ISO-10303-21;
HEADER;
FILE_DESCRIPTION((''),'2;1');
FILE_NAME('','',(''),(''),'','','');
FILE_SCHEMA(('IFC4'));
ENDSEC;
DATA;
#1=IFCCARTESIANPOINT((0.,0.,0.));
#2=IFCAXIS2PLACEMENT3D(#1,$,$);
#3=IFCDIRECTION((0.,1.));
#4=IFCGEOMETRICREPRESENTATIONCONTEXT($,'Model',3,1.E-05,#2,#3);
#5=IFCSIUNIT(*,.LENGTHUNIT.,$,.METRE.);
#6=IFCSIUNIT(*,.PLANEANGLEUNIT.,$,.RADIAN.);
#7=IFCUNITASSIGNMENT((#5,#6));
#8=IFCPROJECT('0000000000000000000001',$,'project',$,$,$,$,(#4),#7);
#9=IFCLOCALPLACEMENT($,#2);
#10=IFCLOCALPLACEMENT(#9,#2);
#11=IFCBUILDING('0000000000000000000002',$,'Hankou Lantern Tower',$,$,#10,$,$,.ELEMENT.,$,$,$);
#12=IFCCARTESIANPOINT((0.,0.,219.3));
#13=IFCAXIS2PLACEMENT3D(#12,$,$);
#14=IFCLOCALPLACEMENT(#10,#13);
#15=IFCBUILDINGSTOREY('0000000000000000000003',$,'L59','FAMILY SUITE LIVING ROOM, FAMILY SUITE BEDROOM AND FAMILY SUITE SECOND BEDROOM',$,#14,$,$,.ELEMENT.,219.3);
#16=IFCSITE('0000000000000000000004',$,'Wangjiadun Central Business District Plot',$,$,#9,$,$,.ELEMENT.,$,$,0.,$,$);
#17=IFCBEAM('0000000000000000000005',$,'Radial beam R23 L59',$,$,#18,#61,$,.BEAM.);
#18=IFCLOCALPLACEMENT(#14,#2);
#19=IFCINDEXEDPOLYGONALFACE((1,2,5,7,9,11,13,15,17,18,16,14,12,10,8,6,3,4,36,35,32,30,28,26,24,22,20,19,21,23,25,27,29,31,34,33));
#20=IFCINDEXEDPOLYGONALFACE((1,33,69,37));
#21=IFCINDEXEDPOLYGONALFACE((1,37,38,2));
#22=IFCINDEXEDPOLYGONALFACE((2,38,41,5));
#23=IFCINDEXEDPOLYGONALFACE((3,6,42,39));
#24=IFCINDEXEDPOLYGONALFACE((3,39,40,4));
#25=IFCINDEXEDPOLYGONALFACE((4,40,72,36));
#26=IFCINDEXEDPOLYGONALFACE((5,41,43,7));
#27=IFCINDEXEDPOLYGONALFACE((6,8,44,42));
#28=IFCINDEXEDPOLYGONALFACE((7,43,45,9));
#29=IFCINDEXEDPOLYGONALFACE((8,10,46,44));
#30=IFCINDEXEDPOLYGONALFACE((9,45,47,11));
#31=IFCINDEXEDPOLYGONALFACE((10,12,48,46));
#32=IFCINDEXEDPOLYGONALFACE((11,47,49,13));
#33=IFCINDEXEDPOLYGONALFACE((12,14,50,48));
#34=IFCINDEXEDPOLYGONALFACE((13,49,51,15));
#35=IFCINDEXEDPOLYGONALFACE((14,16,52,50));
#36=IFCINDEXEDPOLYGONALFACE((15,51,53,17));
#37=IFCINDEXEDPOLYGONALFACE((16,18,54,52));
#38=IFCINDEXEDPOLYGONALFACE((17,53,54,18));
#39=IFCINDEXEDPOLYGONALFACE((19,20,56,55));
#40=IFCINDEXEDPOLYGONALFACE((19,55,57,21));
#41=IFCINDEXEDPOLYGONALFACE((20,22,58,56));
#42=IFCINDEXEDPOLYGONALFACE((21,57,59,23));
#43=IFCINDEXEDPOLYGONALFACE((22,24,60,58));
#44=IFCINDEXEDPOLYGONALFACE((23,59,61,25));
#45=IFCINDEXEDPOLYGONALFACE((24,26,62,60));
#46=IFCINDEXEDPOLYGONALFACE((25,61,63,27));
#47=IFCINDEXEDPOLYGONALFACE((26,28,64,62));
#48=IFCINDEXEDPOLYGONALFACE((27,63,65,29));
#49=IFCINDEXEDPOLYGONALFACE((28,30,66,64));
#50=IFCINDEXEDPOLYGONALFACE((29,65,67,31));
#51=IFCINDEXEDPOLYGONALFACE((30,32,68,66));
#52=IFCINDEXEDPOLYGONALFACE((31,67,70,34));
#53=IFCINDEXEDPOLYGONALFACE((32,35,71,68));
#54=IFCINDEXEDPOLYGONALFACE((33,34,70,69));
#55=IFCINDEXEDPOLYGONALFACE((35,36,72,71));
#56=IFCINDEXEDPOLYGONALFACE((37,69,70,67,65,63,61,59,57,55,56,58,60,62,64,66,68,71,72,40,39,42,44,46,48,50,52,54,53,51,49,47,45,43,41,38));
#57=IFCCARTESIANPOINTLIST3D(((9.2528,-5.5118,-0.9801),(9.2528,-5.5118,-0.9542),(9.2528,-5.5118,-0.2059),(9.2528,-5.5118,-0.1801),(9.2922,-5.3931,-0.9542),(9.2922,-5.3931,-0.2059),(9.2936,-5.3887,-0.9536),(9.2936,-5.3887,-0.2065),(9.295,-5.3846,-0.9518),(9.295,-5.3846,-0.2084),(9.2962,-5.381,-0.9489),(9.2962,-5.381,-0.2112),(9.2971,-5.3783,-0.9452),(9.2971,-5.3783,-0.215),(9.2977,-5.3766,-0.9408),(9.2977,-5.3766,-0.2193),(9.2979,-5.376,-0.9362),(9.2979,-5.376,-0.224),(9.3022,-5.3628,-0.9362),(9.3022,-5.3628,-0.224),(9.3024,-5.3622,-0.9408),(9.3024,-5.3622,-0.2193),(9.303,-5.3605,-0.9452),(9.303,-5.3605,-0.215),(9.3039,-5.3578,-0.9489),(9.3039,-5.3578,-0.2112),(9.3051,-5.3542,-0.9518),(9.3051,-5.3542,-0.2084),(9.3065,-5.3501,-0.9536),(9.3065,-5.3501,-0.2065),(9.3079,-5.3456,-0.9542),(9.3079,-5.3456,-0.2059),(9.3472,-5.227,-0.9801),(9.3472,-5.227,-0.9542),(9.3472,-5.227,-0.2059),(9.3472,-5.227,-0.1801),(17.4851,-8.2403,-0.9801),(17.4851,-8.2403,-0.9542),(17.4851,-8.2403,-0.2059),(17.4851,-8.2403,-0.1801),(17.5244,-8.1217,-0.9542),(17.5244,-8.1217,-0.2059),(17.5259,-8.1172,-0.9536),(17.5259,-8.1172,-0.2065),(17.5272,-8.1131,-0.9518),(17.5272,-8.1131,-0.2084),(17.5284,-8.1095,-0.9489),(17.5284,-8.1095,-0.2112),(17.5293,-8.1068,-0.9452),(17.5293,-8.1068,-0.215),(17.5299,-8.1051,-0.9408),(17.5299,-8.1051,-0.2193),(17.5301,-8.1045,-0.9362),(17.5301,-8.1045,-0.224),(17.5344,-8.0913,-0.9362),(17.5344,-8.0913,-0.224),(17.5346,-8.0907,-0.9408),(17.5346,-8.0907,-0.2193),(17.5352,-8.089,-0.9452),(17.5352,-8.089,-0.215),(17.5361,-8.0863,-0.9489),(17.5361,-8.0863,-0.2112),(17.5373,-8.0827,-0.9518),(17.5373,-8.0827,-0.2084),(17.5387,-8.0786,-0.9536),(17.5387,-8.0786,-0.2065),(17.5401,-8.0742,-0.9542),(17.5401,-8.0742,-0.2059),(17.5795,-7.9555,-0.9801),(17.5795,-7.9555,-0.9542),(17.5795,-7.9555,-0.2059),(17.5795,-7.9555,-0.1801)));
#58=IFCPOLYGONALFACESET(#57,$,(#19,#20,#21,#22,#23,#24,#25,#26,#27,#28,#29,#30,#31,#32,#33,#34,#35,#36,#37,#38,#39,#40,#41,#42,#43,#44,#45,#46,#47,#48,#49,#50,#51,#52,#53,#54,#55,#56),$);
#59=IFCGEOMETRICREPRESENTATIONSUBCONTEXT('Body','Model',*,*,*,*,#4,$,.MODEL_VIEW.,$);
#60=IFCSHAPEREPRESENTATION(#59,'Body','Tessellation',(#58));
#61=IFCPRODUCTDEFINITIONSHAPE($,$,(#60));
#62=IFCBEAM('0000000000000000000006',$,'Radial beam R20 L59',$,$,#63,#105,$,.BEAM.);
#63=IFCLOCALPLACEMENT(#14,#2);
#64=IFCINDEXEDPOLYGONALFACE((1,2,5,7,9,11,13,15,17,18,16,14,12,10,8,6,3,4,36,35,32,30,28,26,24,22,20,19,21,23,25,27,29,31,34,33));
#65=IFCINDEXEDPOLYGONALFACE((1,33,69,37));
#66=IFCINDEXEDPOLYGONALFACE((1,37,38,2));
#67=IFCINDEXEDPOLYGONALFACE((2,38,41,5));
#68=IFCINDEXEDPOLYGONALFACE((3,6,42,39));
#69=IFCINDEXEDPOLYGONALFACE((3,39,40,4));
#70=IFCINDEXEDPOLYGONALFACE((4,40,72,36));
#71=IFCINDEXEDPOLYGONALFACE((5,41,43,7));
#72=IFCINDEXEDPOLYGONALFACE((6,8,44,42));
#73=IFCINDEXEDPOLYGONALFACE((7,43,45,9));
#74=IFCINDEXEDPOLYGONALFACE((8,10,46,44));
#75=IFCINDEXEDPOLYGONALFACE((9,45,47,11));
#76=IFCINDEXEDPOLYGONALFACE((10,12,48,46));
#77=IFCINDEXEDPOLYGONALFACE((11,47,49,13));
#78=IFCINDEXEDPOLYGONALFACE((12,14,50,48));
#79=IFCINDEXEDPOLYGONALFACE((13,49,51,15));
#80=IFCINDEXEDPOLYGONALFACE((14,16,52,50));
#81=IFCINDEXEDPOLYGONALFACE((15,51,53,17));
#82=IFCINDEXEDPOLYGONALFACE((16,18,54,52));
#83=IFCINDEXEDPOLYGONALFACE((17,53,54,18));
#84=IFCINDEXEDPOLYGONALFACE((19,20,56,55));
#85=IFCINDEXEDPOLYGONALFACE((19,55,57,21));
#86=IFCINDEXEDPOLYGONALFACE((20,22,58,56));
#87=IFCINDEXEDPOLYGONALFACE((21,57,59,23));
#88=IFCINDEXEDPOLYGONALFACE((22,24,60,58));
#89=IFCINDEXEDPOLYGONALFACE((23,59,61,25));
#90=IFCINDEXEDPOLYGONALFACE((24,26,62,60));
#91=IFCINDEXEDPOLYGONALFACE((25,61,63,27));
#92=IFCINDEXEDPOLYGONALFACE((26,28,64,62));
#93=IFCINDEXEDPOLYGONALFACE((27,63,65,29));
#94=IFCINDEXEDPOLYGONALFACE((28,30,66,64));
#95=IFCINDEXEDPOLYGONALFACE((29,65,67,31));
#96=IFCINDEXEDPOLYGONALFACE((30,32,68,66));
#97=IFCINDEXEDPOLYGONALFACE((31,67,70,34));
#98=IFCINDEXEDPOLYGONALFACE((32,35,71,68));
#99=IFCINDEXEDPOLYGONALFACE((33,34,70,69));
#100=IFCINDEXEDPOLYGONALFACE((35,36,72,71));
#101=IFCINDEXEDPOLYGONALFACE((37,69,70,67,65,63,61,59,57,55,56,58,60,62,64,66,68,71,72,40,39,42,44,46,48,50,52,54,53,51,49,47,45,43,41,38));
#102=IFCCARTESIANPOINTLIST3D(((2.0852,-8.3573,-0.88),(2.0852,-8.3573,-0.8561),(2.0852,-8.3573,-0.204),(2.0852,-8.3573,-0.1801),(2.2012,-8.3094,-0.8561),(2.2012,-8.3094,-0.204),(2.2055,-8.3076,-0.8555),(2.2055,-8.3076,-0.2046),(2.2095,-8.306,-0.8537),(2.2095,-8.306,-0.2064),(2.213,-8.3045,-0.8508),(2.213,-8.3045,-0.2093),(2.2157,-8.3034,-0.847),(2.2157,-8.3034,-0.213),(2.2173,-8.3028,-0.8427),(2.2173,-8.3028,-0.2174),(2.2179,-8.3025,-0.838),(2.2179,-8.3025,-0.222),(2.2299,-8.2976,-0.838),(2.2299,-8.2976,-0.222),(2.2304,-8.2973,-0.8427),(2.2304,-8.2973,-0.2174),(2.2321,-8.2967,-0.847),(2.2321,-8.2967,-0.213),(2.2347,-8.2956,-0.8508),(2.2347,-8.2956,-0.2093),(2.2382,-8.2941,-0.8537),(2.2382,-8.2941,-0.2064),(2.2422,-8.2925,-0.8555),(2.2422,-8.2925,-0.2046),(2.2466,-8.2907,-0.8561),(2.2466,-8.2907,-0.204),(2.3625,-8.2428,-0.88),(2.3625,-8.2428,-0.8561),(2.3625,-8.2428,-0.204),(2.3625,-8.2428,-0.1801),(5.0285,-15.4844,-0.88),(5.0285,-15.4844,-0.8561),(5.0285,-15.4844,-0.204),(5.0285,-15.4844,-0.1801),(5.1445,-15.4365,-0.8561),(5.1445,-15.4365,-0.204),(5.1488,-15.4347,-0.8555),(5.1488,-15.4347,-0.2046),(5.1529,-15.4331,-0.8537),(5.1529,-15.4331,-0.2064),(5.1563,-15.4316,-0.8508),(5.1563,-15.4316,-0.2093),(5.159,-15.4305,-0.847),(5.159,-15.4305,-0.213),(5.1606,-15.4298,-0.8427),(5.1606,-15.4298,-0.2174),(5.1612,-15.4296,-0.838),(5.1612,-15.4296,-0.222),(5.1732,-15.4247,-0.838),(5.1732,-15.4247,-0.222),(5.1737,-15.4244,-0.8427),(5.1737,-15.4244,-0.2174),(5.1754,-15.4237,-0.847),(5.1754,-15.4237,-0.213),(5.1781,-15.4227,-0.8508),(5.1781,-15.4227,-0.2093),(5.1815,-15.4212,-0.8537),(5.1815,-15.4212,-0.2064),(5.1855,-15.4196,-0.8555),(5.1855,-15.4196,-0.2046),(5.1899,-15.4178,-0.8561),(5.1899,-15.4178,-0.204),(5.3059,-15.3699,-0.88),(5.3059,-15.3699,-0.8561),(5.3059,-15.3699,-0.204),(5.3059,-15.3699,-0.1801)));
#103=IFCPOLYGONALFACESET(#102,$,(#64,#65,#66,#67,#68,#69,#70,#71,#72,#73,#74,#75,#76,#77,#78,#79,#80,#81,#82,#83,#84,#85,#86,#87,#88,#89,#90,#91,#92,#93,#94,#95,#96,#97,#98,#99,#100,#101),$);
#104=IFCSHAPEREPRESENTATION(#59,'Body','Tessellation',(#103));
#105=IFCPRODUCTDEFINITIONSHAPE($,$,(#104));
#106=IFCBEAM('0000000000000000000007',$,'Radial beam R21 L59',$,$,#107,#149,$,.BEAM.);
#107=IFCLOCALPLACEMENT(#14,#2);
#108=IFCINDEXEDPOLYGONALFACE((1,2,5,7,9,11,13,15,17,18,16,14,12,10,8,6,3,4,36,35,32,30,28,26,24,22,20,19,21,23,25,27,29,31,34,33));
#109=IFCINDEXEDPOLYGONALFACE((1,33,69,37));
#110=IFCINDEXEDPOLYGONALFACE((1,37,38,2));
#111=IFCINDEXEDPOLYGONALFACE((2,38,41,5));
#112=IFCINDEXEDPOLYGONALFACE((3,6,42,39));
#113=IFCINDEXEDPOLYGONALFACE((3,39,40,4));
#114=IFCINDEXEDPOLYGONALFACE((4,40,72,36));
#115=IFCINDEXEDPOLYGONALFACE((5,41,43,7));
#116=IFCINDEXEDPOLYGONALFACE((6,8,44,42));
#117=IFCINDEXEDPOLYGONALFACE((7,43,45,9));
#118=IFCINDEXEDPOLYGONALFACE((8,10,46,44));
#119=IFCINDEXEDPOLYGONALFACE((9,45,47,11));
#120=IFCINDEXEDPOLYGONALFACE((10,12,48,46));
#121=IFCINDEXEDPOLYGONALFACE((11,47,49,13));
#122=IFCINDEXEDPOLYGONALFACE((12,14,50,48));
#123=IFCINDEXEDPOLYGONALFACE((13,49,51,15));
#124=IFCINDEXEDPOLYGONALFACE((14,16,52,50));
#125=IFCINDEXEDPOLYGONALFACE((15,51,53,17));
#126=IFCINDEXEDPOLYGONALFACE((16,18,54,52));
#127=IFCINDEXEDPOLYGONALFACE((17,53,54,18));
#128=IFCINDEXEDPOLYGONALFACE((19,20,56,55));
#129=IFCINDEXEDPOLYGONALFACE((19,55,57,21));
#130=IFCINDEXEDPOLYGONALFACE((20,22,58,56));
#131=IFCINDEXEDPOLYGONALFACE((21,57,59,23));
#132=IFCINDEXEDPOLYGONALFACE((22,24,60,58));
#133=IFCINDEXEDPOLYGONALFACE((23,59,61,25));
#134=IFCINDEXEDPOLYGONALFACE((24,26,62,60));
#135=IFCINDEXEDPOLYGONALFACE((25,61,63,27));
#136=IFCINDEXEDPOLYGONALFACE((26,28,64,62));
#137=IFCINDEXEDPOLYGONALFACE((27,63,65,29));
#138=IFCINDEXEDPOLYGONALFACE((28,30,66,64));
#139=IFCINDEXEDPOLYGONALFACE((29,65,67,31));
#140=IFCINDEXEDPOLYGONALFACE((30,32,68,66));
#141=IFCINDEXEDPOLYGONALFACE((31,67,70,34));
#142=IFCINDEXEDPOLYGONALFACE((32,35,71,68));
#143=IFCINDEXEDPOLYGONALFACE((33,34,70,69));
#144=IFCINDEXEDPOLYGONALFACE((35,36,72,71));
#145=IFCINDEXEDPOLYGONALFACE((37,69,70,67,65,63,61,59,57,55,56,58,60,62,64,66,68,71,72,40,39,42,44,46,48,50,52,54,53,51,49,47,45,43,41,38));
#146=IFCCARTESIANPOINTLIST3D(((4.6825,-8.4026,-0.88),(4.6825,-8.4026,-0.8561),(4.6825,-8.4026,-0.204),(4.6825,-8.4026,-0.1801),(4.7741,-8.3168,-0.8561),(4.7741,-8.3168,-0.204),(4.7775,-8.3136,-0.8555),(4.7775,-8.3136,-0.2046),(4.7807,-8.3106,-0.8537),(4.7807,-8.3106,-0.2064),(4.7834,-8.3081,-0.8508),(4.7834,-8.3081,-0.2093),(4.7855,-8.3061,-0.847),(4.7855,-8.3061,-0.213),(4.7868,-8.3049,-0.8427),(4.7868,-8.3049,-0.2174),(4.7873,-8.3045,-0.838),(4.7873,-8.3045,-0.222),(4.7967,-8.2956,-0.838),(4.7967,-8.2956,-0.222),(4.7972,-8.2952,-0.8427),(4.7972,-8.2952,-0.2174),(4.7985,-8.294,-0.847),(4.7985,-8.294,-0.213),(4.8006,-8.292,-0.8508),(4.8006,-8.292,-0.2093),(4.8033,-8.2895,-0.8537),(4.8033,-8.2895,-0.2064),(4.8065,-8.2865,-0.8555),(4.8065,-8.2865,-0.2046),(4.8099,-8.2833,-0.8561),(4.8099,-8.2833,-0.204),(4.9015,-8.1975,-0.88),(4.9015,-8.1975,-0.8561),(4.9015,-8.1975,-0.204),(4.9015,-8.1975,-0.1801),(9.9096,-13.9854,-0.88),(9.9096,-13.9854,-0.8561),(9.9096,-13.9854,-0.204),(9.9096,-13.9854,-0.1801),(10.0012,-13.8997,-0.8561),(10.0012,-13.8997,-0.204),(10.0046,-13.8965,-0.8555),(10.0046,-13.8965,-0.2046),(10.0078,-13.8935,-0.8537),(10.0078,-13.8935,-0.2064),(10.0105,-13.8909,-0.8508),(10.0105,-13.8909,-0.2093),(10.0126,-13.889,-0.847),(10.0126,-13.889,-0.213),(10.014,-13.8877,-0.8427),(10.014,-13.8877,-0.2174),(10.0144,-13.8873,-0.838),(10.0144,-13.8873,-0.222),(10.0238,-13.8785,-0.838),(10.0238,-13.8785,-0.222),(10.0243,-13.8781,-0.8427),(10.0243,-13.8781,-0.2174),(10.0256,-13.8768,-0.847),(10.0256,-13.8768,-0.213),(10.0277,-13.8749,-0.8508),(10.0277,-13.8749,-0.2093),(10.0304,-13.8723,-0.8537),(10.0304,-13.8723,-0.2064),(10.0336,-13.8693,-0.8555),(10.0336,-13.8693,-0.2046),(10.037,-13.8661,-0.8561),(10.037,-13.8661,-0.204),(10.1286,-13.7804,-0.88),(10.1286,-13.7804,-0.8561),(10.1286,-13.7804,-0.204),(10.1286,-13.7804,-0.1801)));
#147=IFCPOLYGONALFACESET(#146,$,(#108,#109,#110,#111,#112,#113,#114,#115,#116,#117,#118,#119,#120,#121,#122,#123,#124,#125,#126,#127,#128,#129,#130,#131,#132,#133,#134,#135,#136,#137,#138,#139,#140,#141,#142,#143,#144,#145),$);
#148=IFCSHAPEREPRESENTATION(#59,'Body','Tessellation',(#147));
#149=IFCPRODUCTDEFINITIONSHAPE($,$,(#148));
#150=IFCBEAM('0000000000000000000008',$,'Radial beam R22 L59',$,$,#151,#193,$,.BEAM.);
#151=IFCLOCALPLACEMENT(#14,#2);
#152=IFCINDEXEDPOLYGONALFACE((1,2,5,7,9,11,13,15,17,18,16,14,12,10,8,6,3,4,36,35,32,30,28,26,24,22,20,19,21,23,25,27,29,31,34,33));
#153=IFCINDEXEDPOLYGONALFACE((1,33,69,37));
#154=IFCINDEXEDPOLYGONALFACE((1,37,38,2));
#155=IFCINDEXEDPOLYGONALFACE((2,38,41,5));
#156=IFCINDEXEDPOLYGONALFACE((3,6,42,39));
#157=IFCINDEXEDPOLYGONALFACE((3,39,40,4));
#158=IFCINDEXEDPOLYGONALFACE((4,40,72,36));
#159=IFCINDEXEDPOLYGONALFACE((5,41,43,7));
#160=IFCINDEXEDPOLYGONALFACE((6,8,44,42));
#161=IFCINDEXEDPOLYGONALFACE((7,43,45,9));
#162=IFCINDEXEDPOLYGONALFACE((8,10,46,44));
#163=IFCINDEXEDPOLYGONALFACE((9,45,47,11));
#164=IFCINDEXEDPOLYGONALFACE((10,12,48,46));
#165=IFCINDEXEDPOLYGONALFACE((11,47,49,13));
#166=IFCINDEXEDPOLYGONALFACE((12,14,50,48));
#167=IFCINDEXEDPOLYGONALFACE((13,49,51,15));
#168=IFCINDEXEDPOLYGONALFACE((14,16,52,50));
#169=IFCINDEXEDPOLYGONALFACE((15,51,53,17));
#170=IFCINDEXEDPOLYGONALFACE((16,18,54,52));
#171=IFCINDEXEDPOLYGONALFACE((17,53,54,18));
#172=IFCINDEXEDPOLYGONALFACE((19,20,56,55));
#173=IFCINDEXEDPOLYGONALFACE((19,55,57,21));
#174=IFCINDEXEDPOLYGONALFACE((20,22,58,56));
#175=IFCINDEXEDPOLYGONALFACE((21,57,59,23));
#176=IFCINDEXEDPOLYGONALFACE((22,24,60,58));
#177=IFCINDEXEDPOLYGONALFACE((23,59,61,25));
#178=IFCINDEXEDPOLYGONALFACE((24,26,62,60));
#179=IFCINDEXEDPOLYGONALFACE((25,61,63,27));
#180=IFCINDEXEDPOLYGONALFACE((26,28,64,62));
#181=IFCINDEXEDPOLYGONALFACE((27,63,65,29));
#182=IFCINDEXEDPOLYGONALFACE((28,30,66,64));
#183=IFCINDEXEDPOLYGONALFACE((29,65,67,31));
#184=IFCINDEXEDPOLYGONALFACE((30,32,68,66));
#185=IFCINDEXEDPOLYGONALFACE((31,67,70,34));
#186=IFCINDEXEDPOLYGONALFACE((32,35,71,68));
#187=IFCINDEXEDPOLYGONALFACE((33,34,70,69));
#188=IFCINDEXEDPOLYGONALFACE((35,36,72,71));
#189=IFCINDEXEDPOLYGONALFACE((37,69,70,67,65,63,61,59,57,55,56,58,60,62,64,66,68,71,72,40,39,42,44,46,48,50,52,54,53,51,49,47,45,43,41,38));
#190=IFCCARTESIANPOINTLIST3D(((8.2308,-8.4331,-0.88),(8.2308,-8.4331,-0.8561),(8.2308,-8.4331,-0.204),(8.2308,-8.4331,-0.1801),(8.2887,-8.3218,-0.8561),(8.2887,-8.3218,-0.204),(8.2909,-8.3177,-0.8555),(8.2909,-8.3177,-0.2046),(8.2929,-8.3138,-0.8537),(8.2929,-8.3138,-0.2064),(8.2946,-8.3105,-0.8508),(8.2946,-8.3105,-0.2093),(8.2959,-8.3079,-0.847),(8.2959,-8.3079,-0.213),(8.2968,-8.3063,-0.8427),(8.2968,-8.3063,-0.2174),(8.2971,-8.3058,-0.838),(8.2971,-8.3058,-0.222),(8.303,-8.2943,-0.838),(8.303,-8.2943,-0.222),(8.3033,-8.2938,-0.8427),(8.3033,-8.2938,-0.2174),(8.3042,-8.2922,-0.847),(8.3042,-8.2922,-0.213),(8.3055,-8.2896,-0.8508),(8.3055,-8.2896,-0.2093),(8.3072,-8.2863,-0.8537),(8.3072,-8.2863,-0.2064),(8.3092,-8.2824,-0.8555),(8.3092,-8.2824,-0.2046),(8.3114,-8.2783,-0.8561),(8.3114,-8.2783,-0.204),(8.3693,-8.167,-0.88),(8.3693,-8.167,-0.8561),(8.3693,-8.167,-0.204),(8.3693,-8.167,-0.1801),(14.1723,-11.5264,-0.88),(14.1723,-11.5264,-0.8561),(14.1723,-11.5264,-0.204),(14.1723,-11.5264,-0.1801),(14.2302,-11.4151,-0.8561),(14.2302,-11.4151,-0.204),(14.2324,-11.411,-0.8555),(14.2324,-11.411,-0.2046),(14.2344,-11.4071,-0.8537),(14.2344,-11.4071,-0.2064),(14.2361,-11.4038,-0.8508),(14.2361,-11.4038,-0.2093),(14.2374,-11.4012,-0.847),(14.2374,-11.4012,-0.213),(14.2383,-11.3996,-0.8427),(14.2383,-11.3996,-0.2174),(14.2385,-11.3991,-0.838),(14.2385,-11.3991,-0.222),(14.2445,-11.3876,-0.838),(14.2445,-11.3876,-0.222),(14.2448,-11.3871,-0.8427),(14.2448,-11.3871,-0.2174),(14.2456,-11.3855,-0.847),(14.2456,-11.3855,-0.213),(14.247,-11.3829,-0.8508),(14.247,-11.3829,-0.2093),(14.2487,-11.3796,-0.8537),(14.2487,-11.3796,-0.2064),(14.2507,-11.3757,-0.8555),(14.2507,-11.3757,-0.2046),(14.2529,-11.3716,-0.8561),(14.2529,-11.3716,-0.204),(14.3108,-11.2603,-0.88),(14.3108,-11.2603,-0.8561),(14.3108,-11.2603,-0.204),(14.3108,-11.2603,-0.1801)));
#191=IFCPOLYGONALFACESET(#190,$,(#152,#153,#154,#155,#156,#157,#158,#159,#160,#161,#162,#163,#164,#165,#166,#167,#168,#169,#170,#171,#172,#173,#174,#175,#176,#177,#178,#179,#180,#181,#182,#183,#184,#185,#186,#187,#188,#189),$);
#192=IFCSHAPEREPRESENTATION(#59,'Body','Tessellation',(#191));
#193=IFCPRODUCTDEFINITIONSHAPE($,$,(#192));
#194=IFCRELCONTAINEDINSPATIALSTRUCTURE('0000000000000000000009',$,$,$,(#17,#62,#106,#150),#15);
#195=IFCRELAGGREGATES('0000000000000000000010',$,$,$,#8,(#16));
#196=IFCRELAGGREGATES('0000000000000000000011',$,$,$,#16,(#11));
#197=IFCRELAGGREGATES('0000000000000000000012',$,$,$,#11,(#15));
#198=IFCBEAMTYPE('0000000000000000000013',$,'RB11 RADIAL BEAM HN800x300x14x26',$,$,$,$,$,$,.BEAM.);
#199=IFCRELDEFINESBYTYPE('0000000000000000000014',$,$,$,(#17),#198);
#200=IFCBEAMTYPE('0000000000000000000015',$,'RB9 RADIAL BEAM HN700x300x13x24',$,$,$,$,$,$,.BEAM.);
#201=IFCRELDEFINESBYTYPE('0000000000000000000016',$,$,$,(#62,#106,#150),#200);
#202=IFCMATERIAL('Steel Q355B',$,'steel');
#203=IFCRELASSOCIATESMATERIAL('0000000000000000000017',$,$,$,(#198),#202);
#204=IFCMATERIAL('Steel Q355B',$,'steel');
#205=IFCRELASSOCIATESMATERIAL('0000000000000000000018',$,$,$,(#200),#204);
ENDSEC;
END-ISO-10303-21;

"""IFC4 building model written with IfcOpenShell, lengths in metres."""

from ifc_helpers import new_model, si_unit, direction, frame, origin, origin_2d, place, context, subcontext, project, spatial, i_section, extrude, material, material_profile, profile_set, type_object, element, save


model = new_model("IFC4")

# Units and contexts
model_context = context("Model", 3, precision=1e-05, world=origin(), true_north=direction((0.0, 1.0)))
body_context = subcontext(model_context, "Body", "Model", "MODEL_VIEW")
ifc_project = project(units=[si_unit("LENGTHUNIT", "METRE"), si_unit("PLANEANGLEUNIT", "RADIAN")], contexts=[model_context])

# Site, building, storey
site_placement = place(None, origin())
site = spatial("IfcSite", under=ifc_project, at=site_placement, Name="Wangjiadun Central Business District Plot", CompositionType="ELEMENT", RefElevation=0.0)
building_placement = place(site_placement, origin())
building = spatial("IfcBuilding", under=site, at=building_placement, Name="Hankou Lantern Tower", CompositionType="ELEMENT")
storey_placement = place(building_placement, frame((0.0, 0.0, 219.3)))
storey = spatial("IfcBuildingStorey", under=building, at=storey_placement, Name="L59", Description="FAMILY SUITE LIVING ROOM, FAMILY SUITE BEDROOM AND FAMILY SUITE SECOND BEDROOM", CompositionType="ELEMENT", Elevation=219.3)

# Beams
ifc_material_1 = material(Name="Steel Q355B", Category="steel")
ifc_material_profile_1 = material_profile(ifc_material_1, i_section(OverallWidth=0.3, OverallDepth=0.8, WebThickness=0.0139, FlangeThickness=0.0259, FilletRadius=0.0181, at=origin_2d()), Name="HN800x300x14x26")
ifc_profile_set_1 = profile_set([ifc_material_profile_1], Name="Steel Q355B")
beam_type_1 = type_object("IfcBeamType", Name="RB11 RADIAL BEAM HN800x300x14x26", PredefinedType="BEAM", material=ifc_profile_set_1)
beam_1_placement = place(storey_placement, frame((9.3, -5.3694, -0.5801), z_axis=(0.94922, -0.314614, 0.0), x_axis=(0.314614, 0.94922, 0.0)))
element("IfcBeam", 1, at=beam_1_placement, inside=storey, type_object=beam_type_1, Name="Radial beam R23 L59", PredefinedType="BEAM", context=body_context, shape_type="SweptSolid", body=[
    extrude(i_section(OverallWidth=0.3, OverallDepth=0.8, WebThickness=0.0139, FlangeThickness=0.0259, FilletRadius=0.0181, at=origin_2d()), origin(), (0.0, 0.0, 1.0), 8.6726),
])
ifc_material_2 = material(Name="Steel Q355B", Category="steel")
ifc_material_profile_2 = material_profile(ifc_material_2, i_section(OverallWidth=0.3, OverallDepth=0.7, WebThickness=0.0129, FlangeThickness=0.0239, FilletRadius=0.0181, at=origin_2d()), Name="HN700x300x13x24")
ifc_profile_set_2 = profile_set([ifc_material_profile_2], Name="Steel Q355B")
beam_type_2 = type_object("IfcBeamType", Name="RB9 RADIAL BEAM HN700x300x13x24", PredefinedType="BEAM", material=ifc_profile_set_2)
beam_2_placement = place(storey_placement, frame((2.2239, -8.3, -0.53), z_axis=(0.381707, -0.924284, 0.0), x_axis=(0.924284, 0.381707, 0.0)))
element("IfcBeam", 2, at=beam_2_placement, inside=storey, type_object=beam_type_2, Name="Radial beam R20 L59", PredefinedType="BEAM", context=body_context, shape_type="SweptSolid", body=[
    extrude(i_section(OverallWidth=0.3, OverallDepth=0.7, WebThickness=0.0129, FlangeThickness=0.0239, FilletRadius=0.0181, at=origin_2d()), origin(), (0.0, 0.0, 1.0), 7.7109),
])
beam_3_placement = place(storey_placement, frame((4.792, -8.3, -0.53), z_axis=(0.683468, -0.72998, 0.0), x_axis=(0.72998, 0.683468, 0.0)))
element("IfcBeam", 3, at=beam_3_placement, inside=storey, type_object=beam_type_2, Name="Radial beam R21 L59", PredefinedType="BEAM", context=body_context, shape_type="SweptSolid", body=[
    extrude(i_section(OverallWidth=0.3, OverallDepth=0.7, WebThickness=0.0129, FlangeThickness=0.0239, FilletRadius=0.0181, at=origin_2d()), origin(), (0.0, 0.0, 1.0), 7.6479),
])
beam_4_placement = place(storey_placement, frame((8.3, -8.3, -0.53), z_axis=(0.886989, -0.461791, 0.0), x_axis=(0.461791, 0.886989, 0.0)))
element("IfcBeam", 4, at=beam_4_placement, inside=storey, type_object=beam_type_2, Name="Radial beam R22 L59", PredefinedType="BEAM", context=body_context, shape_type="SweptSolid", body=[
    extrude(i_section(OverallWidth=0.3, OverallDepth=0.7, WebThickness=0.0129, FlangeThickness=0.0239, FilletRadius=0.0181, at=origin_2d()), origin(), (0.0, 0.0, 1.0), 6.6985),
])

save(model, "model.ifc")
